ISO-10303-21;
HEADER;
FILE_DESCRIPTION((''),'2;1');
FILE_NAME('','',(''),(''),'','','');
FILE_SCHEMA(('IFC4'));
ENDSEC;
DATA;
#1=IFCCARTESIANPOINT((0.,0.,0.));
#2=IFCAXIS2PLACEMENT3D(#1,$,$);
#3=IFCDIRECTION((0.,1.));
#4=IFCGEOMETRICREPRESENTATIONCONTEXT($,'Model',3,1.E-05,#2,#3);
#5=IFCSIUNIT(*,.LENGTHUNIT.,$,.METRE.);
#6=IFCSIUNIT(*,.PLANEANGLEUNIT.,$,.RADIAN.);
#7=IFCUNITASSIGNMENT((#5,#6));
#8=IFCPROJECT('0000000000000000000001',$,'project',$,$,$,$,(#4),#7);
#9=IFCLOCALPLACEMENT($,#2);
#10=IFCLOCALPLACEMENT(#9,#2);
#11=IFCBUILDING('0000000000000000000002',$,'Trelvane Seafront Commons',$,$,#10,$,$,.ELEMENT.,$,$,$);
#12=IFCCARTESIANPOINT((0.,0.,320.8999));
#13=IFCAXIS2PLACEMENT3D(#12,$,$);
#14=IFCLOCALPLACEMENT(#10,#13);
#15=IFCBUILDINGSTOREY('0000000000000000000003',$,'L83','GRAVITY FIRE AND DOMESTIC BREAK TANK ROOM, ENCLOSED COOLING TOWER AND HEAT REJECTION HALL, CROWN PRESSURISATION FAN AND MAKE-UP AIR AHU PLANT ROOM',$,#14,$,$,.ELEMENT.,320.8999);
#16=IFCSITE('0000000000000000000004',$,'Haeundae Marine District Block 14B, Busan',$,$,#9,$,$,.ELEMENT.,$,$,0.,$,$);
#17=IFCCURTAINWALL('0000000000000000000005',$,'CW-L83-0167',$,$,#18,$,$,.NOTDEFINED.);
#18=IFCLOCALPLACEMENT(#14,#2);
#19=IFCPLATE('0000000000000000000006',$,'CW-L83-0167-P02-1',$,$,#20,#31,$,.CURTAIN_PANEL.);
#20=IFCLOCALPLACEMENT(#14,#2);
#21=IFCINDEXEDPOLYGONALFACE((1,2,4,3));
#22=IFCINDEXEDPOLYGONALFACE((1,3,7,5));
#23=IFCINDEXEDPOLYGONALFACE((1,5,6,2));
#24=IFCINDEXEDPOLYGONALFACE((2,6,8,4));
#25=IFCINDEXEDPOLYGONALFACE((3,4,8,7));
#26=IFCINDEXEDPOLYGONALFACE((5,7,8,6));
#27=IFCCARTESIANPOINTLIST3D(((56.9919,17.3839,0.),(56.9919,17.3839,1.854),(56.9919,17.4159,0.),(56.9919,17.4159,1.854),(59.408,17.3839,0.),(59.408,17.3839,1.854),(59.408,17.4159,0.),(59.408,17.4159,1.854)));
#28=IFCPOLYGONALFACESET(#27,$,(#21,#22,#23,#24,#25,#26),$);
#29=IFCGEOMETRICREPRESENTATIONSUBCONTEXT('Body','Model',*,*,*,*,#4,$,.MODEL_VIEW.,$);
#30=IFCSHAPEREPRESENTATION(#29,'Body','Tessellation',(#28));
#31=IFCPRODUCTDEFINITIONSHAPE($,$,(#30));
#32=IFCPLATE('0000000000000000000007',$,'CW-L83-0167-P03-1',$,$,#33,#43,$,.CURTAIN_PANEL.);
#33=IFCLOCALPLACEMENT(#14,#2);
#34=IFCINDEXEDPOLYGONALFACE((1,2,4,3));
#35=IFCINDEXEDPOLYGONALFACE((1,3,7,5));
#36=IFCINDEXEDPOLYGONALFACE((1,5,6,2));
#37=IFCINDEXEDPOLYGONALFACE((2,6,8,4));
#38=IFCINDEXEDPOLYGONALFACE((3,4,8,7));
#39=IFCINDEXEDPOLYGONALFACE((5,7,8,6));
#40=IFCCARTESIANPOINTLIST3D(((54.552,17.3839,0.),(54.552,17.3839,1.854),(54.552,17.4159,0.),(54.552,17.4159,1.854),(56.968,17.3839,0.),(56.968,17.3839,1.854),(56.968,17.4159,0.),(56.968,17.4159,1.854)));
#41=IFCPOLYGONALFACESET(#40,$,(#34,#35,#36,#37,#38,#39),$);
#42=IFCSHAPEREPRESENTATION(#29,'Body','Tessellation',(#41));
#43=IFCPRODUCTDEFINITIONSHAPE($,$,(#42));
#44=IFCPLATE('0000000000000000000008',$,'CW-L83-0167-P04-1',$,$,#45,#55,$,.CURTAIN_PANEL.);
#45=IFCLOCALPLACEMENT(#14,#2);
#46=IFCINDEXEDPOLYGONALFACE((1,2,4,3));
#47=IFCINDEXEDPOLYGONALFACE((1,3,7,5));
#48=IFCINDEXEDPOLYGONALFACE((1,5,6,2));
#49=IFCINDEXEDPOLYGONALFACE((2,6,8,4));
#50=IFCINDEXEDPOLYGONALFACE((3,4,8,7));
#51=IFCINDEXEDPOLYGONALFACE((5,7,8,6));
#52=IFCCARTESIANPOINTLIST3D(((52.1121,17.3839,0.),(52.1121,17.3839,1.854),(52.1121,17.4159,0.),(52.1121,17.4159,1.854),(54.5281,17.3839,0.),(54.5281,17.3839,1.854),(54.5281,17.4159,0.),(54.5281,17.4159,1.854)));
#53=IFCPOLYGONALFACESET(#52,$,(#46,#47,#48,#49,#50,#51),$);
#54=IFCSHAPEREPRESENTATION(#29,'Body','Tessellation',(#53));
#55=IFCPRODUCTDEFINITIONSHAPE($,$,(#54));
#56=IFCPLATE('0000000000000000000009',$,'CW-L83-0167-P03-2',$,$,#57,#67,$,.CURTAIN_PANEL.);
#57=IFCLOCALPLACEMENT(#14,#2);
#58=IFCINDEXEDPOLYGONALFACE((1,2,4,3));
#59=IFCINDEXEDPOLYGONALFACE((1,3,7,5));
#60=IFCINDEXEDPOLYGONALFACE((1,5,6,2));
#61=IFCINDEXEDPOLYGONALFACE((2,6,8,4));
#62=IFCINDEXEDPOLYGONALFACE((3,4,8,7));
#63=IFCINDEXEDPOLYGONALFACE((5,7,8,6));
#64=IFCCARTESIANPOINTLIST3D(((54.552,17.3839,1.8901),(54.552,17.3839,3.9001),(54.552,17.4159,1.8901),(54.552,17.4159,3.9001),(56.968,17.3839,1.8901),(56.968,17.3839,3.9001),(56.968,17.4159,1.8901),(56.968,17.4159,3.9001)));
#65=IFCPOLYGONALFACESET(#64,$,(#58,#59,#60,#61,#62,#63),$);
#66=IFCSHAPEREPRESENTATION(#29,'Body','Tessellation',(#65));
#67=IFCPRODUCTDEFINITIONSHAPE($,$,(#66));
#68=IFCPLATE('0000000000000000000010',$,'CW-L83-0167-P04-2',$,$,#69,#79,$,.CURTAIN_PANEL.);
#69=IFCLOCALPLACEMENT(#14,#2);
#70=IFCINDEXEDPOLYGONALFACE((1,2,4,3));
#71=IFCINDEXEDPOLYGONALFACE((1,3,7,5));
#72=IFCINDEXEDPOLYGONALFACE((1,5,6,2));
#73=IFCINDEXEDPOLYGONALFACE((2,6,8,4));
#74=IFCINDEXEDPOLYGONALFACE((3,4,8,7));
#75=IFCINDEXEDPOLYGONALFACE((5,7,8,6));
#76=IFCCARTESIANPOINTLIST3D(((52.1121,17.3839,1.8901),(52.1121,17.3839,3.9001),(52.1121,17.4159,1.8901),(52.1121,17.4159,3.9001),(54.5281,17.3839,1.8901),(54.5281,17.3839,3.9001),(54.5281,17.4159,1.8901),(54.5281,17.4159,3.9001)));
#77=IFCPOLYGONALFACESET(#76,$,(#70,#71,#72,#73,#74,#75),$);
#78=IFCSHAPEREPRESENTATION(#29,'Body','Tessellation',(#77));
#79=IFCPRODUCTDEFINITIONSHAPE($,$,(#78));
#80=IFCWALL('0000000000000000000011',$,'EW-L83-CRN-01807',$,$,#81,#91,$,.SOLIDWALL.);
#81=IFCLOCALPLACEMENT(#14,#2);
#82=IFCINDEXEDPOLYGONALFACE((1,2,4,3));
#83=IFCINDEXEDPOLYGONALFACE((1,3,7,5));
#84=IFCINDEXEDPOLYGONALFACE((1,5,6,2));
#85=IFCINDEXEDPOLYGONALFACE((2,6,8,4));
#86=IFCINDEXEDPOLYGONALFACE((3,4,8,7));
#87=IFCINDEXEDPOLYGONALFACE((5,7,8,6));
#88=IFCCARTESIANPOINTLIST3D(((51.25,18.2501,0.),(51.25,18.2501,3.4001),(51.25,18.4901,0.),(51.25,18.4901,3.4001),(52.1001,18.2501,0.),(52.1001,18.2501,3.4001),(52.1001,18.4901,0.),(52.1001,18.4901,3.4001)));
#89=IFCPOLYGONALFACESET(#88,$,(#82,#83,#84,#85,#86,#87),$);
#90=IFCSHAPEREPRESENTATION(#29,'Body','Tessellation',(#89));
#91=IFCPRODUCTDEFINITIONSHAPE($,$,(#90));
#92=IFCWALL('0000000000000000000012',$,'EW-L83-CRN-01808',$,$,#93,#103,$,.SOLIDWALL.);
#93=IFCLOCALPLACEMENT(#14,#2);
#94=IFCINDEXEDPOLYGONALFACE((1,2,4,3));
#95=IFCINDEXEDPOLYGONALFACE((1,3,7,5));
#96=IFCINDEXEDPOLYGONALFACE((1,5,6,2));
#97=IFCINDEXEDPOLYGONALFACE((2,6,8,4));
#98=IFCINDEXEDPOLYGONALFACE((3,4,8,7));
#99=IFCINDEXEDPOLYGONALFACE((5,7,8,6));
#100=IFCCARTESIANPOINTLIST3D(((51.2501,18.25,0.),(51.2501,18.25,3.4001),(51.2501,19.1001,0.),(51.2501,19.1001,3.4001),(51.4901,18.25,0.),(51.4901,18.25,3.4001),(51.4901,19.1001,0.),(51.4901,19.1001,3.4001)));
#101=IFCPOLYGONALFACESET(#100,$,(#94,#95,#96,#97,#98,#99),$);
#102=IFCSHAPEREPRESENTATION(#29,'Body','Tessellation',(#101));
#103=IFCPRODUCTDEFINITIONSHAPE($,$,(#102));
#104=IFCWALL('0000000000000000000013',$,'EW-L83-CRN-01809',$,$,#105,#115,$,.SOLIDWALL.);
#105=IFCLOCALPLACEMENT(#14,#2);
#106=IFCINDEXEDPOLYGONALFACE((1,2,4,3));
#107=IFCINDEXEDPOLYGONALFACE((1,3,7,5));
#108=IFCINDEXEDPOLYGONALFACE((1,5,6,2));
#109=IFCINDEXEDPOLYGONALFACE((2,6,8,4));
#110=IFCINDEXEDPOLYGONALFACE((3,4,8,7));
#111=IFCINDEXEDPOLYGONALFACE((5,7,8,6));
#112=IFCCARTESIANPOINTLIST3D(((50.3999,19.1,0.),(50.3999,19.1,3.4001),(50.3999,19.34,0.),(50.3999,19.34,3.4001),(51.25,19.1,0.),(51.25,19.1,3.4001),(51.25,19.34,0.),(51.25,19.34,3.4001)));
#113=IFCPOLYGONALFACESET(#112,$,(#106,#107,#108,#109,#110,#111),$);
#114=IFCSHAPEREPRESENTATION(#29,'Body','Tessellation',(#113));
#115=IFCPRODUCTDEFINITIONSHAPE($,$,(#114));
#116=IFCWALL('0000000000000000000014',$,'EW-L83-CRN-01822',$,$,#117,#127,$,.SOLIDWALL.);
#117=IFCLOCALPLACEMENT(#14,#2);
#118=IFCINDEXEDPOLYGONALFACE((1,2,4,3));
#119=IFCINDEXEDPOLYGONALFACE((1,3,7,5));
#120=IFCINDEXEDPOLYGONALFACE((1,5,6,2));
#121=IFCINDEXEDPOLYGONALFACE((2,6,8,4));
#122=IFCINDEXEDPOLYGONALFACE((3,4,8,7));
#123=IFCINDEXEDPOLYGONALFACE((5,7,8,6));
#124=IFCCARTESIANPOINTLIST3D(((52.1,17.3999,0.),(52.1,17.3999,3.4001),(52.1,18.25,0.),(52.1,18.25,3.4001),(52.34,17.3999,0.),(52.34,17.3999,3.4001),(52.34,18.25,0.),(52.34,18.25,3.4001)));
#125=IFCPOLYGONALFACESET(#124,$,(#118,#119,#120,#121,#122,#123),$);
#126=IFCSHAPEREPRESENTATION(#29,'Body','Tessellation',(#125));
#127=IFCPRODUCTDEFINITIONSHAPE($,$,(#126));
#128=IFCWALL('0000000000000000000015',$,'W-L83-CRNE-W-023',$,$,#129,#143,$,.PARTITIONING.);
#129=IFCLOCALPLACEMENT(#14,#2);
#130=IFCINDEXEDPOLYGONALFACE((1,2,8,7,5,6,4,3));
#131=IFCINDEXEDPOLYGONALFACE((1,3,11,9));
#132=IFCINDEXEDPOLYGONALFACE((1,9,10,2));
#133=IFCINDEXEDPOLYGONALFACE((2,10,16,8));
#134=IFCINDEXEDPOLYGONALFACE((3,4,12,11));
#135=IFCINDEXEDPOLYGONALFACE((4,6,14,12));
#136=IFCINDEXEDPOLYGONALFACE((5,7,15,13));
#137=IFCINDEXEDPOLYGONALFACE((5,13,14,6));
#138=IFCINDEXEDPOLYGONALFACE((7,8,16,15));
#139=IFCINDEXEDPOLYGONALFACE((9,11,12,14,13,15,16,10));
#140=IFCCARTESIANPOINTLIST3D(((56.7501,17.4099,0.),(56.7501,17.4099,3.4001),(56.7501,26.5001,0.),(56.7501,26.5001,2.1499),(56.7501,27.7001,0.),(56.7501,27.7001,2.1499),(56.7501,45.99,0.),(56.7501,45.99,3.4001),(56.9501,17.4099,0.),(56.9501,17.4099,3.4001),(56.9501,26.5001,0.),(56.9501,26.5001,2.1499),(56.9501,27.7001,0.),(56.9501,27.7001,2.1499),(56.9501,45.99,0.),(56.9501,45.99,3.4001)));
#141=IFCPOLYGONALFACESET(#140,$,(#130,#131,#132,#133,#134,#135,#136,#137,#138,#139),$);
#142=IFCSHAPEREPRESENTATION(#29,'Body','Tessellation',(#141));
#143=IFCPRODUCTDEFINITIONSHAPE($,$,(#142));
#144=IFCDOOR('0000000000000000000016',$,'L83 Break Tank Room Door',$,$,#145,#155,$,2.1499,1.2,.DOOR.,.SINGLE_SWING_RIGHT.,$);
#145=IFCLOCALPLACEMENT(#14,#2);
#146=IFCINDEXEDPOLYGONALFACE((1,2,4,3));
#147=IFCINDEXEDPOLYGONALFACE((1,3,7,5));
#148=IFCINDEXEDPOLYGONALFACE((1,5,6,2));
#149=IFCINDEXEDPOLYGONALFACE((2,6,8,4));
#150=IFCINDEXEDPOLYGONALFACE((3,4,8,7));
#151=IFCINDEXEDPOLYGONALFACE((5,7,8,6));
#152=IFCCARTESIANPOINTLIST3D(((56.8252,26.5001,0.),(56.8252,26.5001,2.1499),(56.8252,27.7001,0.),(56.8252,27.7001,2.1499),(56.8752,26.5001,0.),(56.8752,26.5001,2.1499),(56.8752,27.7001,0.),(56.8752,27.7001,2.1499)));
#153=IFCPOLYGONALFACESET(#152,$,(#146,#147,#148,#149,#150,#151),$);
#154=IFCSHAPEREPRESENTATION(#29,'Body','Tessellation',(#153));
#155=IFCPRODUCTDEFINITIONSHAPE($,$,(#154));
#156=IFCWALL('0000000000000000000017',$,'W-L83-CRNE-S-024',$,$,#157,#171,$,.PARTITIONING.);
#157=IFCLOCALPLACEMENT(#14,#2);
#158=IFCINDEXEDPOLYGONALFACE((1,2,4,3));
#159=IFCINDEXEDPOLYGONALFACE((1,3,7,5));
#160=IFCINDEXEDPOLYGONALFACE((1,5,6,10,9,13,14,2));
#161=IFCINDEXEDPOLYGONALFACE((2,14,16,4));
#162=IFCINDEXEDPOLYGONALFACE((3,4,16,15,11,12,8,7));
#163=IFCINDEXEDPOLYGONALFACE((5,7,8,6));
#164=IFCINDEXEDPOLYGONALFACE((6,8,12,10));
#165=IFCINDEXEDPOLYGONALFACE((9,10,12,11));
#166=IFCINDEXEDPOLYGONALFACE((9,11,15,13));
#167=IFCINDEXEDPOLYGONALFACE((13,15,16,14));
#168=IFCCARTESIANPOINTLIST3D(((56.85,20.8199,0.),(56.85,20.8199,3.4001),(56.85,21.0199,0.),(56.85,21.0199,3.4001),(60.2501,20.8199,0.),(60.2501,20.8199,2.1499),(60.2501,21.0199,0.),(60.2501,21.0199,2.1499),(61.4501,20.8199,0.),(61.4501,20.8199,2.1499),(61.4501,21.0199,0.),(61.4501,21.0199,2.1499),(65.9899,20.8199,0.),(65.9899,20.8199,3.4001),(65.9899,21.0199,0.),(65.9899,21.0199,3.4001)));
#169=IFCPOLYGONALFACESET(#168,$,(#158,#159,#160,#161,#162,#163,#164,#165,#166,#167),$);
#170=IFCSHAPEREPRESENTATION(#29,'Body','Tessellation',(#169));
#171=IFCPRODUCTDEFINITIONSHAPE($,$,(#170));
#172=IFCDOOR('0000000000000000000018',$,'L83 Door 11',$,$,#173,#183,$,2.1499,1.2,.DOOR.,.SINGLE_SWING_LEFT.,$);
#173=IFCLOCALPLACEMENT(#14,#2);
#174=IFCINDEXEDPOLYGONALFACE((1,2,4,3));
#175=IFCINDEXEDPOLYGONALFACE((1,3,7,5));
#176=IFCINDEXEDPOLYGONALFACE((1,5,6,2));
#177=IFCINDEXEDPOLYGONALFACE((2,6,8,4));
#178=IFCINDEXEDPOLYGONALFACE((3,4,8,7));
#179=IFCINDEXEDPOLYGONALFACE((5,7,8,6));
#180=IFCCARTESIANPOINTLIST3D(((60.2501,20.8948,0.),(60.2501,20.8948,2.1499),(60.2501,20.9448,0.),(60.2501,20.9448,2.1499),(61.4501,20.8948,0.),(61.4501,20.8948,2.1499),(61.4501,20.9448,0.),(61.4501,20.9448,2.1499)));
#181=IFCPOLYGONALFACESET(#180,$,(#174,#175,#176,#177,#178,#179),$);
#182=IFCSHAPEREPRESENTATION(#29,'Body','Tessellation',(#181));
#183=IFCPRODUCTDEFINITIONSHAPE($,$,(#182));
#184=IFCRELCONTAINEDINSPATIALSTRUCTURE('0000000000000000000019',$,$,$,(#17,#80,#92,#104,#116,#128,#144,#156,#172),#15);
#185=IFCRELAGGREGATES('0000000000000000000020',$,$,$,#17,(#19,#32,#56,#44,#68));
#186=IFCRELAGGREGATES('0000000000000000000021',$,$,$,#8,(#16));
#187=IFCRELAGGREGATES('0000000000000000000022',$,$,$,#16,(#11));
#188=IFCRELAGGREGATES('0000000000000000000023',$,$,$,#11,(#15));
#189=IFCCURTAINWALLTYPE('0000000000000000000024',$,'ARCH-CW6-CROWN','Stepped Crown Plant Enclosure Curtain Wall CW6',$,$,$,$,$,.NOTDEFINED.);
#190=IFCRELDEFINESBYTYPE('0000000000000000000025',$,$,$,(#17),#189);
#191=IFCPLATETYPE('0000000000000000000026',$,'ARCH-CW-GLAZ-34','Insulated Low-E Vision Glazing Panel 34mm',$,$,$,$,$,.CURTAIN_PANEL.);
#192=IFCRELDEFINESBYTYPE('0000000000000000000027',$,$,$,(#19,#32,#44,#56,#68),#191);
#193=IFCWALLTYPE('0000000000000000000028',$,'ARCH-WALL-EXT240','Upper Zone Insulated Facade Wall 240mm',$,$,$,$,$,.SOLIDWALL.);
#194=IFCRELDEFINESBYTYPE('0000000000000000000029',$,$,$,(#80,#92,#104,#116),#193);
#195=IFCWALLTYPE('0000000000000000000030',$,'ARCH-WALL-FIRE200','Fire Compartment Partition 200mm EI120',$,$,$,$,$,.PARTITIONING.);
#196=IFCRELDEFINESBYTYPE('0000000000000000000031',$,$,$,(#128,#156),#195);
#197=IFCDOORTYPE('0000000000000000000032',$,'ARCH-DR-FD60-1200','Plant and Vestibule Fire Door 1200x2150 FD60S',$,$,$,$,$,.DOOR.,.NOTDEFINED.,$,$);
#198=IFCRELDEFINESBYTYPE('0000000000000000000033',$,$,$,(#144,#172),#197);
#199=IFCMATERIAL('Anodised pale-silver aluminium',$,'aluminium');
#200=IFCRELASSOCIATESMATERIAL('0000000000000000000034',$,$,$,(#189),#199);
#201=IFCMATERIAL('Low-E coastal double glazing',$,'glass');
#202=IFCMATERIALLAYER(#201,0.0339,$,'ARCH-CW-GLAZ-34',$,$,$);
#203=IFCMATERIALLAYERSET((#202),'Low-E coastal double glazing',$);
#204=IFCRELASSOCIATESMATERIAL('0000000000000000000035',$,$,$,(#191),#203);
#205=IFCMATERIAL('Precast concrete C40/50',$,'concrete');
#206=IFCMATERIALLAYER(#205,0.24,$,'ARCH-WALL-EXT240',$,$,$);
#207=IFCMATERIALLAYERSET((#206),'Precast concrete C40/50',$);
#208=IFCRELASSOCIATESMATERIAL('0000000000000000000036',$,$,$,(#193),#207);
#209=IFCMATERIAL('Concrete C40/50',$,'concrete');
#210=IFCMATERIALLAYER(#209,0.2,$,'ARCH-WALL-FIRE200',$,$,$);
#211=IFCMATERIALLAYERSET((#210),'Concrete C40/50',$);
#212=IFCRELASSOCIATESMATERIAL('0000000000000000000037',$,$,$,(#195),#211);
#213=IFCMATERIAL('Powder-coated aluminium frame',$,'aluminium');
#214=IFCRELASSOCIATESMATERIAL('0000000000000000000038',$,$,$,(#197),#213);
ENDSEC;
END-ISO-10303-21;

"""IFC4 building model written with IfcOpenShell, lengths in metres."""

from ifc_helpers import new_model, si_unit, direction, frame, frame_2d, origin, origin_2d, place, context, subcontext, project, spatial, rectangle, extrude, source, transform, mapped, material, layer, layer_set, type_object, element, fill, aggregate, save


model = new_model("IFC4")

# Units and contexts
model_context = context("Model", 3, precision=1e-05, world=origin(), true_north=direction((0.0, 1.0)))
body_context = subcontext(model_context, "Body", "Model", "MODEL_VIEW")
ifc_project = project(units=[si_unit("LENGTHUNIT", "METRE"), si_unit("PLANEANGLEUNIT", "RADIAN")], contexts=[model_context])

# Site, building, storey
site_placement = place(None, origin())
site = spatial("IfcSite", under=ifc_project, at=site_placement, Name="Haeundae Marine District Block 14B, Busan", CompositionType="ELEMENT", RefElevation=0.0)
building_placement = place(site_placement, origin())
building = spatial("IfcBuilding", under=site, at=building_placement, Name="Trelvane Seafront Commons", CompositionType="ELEMENT")
storey_placement = place(building_placement, frame((0.0, 0.0, 320.8999)))
storey = spatial("IfcBuildingStorey", under=building, at=storey_placement, Name="L83", Description="GRAVITY FIRE AND DOMESTIC BREAK TANK ROOM, ENCLOSED COOLING TOWER AND HEAT REJECTION HALL, CROWN PRESSURISATION FAN AND MAKE-UP AIR AHU PLANT ROOM", CompositionType="ELEMENT", Elevation=320.8999)

# Curtain wall, plates
ifc_material_1 = material(Name="Anodised pale-silver aluminium", Category="aluminium")
curtain_wall_type = type_object("IfcCurtainWallType", Name="ARCH-CW6-CROWN", Description="Stepped Crown Plant Enclosure Curtain Wall CW6", PredefinedType="NOTDEFINED", material=ifc_material_1)
curtain_wall_placement = place(storey_placement, origin())
curtain_wall = element("IfcCurtainWall", 1, at=curtain_wall_placement, inside=storey, type_object=curtain_wall_type, Name="CW-L83-0167", PredefinedType="NOTDEFINED")
ifc_material_2 = material(Name="Low-E coastal double glazing", Category="glass")
ifc_layer_1 = layer(ifc_material_2, 0.0339, Name="ARCH-CW-GLAZ-34")
ifc_layer_set_1 = layer_set([ifc_layer_1], Name="Low-E coastal double glazing")
plate_type = type_object("IfcPlateType", Name="ARCH-CW-GLAZ-34", Description="Insulated Low-E Vision Glazing Panel 34mm", PredefinedType="CURTAIN_PANEL", material=ifc_layer_set_1)
shared_shape_1 = source(origin(), body_context, "Body", "SweptSolid", [
    extrude(rectangle(XDim=2.416, YDim=0.032, at=origin_2d()), origin(), (0.0, 0.0, 1.0), 1.854),
])
plate_1_placement = place(storey_placement, frame((58.2, 17.3999, 0.0), z_axis=(0.0, 0.0, 1.0), x_axis=(-1.0, 0.0, 0.0)))
plate_1 = element("IfcPlate", 2, at=plate_1_placement, type_object=plate_type, Name="CW-L83-0167-P02-1", PredefinedType="CURTAIN_PANEL", context=body_context, shape_type="MappedRepresentation", body=[
    mapped(shared_shape_1, transform((0.0, 0.0, 0.0), x_axis=(1.0, 0.0, 0.0), y_axis=(0.0, 1.0, 0.0), z_axis=(0.0, 0.0, 1.0), scale=1.0)),
])
plate_2_placement = place(storey_placement, frame((55.76, 17.3999, 0.0), z_axis=(0.0, 0.0, 1.0), x_axis=(-1.0, 0.0, 0.0)))
plate_2 = element("IfcPlate", 3, at=plate_2_placement, type_object=plate_type, Name="CW-L83-0167-P03-1", PredefinedType="CURTAIN_PANEL", context=body_context, shape_type="MappedRepresentation", body=[
    mapped(shared_shape_1, transform((0.0, 0.0, 0.0), x_axis=(1.0, 0.0, 0.0), y_axis=(0.0, 1.0, 0.0), z_axis=(0.0, 0.0, 1.0), scale=1.0)),
])
plate_3_placement = place(storey_placement, frame((53.3201, 17.3999, 0.0), z_axis=(0.0, 0.0, 1.0), x_axis=(-1.0, 0.0, 0.0)))
plate_3 = element("IfcPlate", 4, at=plate_3_placement, type_object=plate_type, Name="CW-L83-0167-P04-1", PredefinedType="CURTAIN_PANEL", context=body_context, shape_type="MappedRepresentation", body=[
    mapped(shared_shape_1, transform((0.0, 0.0, 0.0), x_axis=(1.0, 0.0, 0.0), y_axis=(0.0, 1.0, 0.0), z_axis=(0.0, 0.0, 1.0), scale=1.0)),
])
shared_shape_2 = source(origin(), body_context, "Body", "SweptSolid", [
    extrude(rectangle(XDim=2.416, YDim=0.032, at=origin_2d()), origin(), (0.0, 0.0, 1.0), 2.01),
])
plate_4_placement = place(storey_placement, frame((55.76, 17.3999, 1.8901), z_axis=(0.0, 0.0, 1.0), x_axis=(-1.0, 0.0, 0.0)))
plate_4 = element("IfcPlate", 5, at=plate_4_placement, type_object=plate_type, Name="CW-L83-0167-P03-2", PredefinedType="CURTAIN_PANEL", context=body_context, shape_type="MappedRepresentation", body=[
    mapped(shared_shape_2, transform((0.0, 0.0, 0.0), x_axis=(1.0, 0.0, 0.0), y_axis=(0.0, 1.0, 0.0), z_axis=(0.0, 0.0, 1.0), scale=1.0)),
])
plate_5_placement = place(storey_placement, frame((53.3201, 17.3999, 1.8901), z_axis=(0.0, 0.0, 1.0), x_axis=(-1.0, 0.0, 0.0)))
plate_5 = element("IfcPlate", 6, at=plate_5_placement, type_object=plate_type, Name="CW-L83-0167-P04-2", PredefinedType="CURTAIN_PANEL", context=body_context, shape_type="MappedRepresentation", body=[
    mapped(shared_shape_2, transform((0.0, 0.0, 0.0), x_axis=(1.0, 0.0, 0.0), y_axis=(0.0, 1.0, 0.0), z_axis=(0.0, 0.0, 1.0), scale=1.0)),
])
aggregate(curtain_wall, [plate_1, plate_2, plate_4, plate_3, plate_5])

# Walls
ifc_material_3 = material(Name="Precast concrete C40/50", Category="concrete")
ifc_layer_2 = layer(ifc_material_3, 0.24, Name="ARCH-WALL-EXT240")
ifc_layer_set_2 = layer_set([ifc_layer_2], Name="Precast concrete C40/50")
wall_type_1 = type_object("IfcWallType", Name="ARCH-WALL-EXT240", Description="Upper Zone Insulated Facade Wall 240mm", PredefinedType="SOLIDWALL", material=ifc_layer_set_2)
for number, where, z_axis, x_axis, name in (
    (7, (52.1001, 18.3701, 0.0), (0.0, 0.0, 1.0), (-1.0, 0.0, 0.0), "EW-L83-CRN-01807"),
    (8, (51.3701, 18.25, 0.0), (0.0, 0.0, 1.0), (0.0, 1.0, 0.0), "EW-L83-CRN-01808"),
    (9, (51.25, 19.22, 0.0), (0.0, 0.0, 1.0), (-1.0, 0.0, 0.0), "EW-L83-CRN-01809"),
    (10, (52.22, 17.3999, 0.0), (0.0, 0.0, 1.0), (0.0, 1.0, 0.0), "EW-L83-CRN-01822"),
):
    element("IfcWall", number, at=place(storey_placement, frame(where, z_axis=z_axis, x_axis=x_axis)), inside=storey, type_object=wall_type_1, Name=name, PredefinedType="SOLIDWALL", context=body_context, shape_type="SweptSolid", body=[
        extrude(rectangle(XDim=0.8501, YDim=0.24, at=frame_2d((0.425, 0.0))), origin(), (0.0, 0.0, 1.0), 3.4001),
    ])

# Walls, openings, doors
ifc_material_4 = material(Name="Concrete C40/50", Category="concrete")
ifc_layer_3 = layer(ifc_material_4, 0.2, Name="ARCH-WALL-FIRE200")
ifc_layer_set_3 = layer_set([ifc_layer_3], Name="Concrete C40/50")
wall_type_2 = type_object("IfcWallType", Name="ARCH-WALL-FIRE200", Description="Fire Compartment Partition 200mm EI120", PredefinedType="PARTITIONING", material=ifc_layer_set_3)
wall_1_placement = place(storey_placement, frame((56.8501, 17.4099, 0.0), z_axis=(0.0, 0.0, 1.0), x_axis=(0.0, 1.0, 0.0)))
wall_1 = element("IfcWall", 11, at=wall_1_placement, inside=storey, type_object=wall_type_2, Name="W-L83-CRNE-W-023", PredefinedType="PARTITIONING", context=body_context, shape_type="SweptSolid", body=[
    extrude(rectangle(XDim=28.5801, YDim=0.2, at=frame_2d((14.29, 0.0))), origin(), (0.0, 0.0, 1.0), 3.4001),
])
opening_1_placement = place(wall_1_placement, frame((9.0901, 0.0, 0.0)))
opening_1 = element("IfcOpeningElement", 12, at=opening_1_placement, cuts=wall_1, PredefinedType="OPENING", context=body_context, shape_type="SweptSolid", body=[
    extrude(rectangle(XDim=1.2, YDim=2.1499, at=frame_2d((0.6001, 1.075))), frame((0.0, 0.1099, 0.0), z_axis=(0.0, -1.0, 0.0), x_axis=(1.0, 0.0, 0.0)), (0.0, 0.0, 1.0), 0.22),
])
ifc_material_5 = material(Name="Powder-coated aluminium frame", Category="aluminium")
door_type = type_object("IfcDoorType", Name="ARCH-DR-FD60-1200", Description="Plant and Vestibule Fire Door 1200x2150 FD60S", OperationType="NOTDEFINED", PredefinedType="DOOR", material=ifc_material_5)
shared_shape_3 = source(origin(), body_context, "Body", "SweptSolid", [
    extrude(rectangle(XDim=1.2, YDim=2.1499, at=frame_2d((0.6001, 1.075))), frame((0.0, 0.0249, 0.0), z_axis=(0.0, -1.0, 0.0), x_axis=(1.0, 0.0, 0.0)), (0.0, 0.0, 1.0), 0.05),
])
door_1_placement = place(opening_1_placement, origin())
door_1 = element("IfcDoor", 13, at=door_1_placement, inside=storey, type_object=door_type, Name="L83 Break Tank Room Door", OperationType="SINGLE_SWING_RIGHT", OverallHeight=2.1499, OverallWidth=1.2, PredefinedType="DOOR", context=body_context, shape_type="MappedRepresentation", body=[
    mapped(shared_shape_3, transform((0.0, 0.0, 0.0), x_axis=(1.0, 0.0, 0.0), y_axis=(0.0, 1.0, 0.0), z_axis=(0.0, 0.0, 1.0), scale=1.0)),
])
fill(opening_1, door_1)
wall_2_placement = place(storey_placement, frame((56.8501, 20.9199, 0.0), z_axis=(0.0, 0.0, 1.0), x_axis=(1.0, 0.0, 0.0)))
wall_2 = element("IfcWall", 14, at=wall_2_placement, inside=storey, type_object=wall_type_2, Name="W-L83-CRNE-S-024", PredefinedType="PARTITIONING", context=body_context, shape_type="SweptSolid", body=[
    extrude(rectangle(XDim=9.1399, YDim=0.2, at=frame_2d((4.5698, 0.0))), origin(), (0.0, 0.0, 1.0), 3.4001),
])
opening_2_placement = place(wall_2_placement, frame((3.3999, 0.0, 0.0)))
opening_2 = element("IfcOpeningElement", 15, at=opening_2_placement, cuts=wall_2, PredefinedType="OPENING", context=body_context, shape_type="SweptSolid", body=[
    extrude(rectangle(XDim=1.2, YDim=2.1499, at=frame_2d((0.6001, 1.075))), frame((0.0, 0.1099, 0.0), z_axis=(0.0, -1.0, 0.0), x_axis=(1.0, 0.0, 0.0)), (0.0, 0.0, 1.0), 0.22),
])
door_2_placement = place(opening_2_placement, origin())
door_2 = element("IfcDoor", 16, at=door_2_placement, inside=storey, type_object=door_type, Name="L83 Door 11", OperationType="SINGLE_SWING_LEFT", OverallHeight=2.1499, OverallWidth=1.2, PredefinedType="DOOR", context=body_context, shape_type="MappedRepresentation", body=[
    mapped(shared_shape_3, transform((0.0, 0.0, 0.0), x_axis=(1.0, 0.0, 0.0), y_axis=(0.0, 1.0, 0.0), z_axis=(0.0, 0.0, 1.0), scale=1.0)),
])
fill(opening_2, door_2)

save(model, "model.ifc")
